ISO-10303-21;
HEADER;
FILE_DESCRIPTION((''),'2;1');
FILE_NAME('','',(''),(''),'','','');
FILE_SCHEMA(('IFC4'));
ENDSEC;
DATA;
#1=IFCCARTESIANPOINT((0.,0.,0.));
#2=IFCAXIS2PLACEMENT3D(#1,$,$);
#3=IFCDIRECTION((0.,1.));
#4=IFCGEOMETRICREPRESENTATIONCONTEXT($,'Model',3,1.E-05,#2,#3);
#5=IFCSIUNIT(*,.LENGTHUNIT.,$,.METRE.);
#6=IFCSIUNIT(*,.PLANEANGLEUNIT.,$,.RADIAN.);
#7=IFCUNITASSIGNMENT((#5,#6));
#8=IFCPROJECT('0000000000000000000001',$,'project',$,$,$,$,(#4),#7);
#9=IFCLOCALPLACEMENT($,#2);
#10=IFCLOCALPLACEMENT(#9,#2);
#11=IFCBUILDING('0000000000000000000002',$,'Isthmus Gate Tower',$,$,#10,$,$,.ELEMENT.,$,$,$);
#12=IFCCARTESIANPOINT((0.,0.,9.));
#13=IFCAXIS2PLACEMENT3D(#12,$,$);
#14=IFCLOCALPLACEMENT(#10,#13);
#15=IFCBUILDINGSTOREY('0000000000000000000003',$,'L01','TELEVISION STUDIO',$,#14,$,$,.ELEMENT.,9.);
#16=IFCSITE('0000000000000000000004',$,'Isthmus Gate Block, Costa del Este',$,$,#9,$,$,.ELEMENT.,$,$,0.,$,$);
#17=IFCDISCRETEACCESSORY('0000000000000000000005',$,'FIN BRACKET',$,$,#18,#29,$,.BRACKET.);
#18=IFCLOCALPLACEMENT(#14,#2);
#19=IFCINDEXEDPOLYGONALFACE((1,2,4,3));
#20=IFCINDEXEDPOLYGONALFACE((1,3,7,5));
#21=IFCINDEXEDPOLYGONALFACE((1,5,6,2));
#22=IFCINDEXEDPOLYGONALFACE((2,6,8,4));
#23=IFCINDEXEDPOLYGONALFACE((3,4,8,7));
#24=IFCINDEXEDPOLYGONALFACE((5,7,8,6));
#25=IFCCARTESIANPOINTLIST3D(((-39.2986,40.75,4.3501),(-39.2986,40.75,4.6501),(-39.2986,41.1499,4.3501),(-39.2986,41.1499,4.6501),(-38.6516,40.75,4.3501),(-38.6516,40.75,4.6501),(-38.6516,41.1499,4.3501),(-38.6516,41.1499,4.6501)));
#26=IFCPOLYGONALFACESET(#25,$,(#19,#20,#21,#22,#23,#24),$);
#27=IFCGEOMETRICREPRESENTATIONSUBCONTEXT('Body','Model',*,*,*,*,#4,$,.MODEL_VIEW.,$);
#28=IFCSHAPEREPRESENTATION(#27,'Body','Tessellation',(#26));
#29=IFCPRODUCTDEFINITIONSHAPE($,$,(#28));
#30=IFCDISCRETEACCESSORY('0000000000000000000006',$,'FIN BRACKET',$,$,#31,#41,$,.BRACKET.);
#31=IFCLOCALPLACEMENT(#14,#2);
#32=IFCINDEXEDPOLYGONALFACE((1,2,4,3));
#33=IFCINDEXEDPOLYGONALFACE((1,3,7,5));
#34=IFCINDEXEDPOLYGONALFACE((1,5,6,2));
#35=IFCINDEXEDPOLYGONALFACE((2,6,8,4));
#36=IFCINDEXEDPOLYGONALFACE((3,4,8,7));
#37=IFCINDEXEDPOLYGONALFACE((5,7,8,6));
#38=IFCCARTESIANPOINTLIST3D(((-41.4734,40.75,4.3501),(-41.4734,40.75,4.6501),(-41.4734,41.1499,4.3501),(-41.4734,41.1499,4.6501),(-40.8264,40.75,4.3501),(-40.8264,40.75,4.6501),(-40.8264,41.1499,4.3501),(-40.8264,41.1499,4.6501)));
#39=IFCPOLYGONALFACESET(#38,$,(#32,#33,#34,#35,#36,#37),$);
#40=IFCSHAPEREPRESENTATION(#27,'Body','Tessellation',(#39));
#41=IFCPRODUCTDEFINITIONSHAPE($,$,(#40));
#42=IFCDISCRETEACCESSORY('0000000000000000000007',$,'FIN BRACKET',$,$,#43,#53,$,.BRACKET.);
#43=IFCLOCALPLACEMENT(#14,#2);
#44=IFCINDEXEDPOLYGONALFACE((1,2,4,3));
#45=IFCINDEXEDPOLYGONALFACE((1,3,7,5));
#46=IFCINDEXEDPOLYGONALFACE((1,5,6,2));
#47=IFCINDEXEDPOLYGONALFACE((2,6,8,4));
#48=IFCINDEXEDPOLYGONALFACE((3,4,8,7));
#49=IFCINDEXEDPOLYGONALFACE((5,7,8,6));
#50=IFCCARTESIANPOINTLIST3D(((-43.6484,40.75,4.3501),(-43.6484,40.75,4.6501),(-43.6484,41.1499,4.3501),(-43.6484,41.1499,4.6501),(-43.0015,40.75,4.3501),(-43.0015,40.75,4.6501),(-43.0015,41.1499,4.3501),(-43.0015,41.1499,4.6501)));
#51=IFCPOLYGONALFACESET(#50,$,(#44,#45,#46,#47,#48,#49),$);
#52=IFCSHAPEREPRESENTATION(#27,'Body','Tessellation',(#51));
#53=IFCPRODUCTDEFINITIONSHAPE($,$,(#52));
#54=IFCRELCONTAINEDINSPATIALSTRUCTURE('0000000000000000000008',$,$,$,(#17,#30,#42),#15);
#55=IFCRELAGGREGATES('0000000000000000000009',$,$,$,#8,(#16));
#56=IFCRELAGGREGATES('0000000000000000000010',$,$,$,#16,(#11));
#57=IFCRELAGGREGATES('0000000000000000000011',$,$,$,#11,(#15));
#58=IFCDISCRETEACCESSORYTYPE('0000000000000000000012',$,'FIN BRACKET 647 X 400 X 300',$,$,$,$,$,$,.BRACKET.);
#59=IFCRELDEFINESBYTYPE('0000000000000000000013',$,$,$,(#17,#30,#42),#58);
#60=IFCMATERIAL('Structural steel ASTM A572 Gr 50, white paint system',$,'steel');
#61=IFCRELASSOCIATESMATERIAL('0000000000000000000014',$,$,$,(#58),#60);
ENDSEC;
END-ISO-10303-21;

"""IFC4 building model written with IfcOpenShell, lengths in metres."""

from ifc_helpers import new_model, si_unit, direction, frame, origin, origin_2d, place, context, subcontext, project, spatial, rectangle, extrude, material, type_object, element, save


model = new_model("IFC4")

# Units and contexts
model_context = context("Model", 3, precision=1e-05, world=origin(), true_north=direction((0.0, 1.0)))
body_context = subcontext(model_context, "Body", "Model", "MODEL_VIEW")
ifc_project = project(units=[si_unit("LENGTHUNIT", "METRE"), si_unit("PLANEANGLEUNIT", "RADIAN")], contexts=[model_context])

# Site, building, storey
site_placement = place(None, origin())
site = spatial("IfcSite", under=ifc_project, at=site_placement, Name="Isthmus Gate Block, Costa del Este", CompositionType="ELEMENT", RefElevation=0.0)
building_placement = place(site_placement, origin())
building = spatial("IfcBuilding", under=site, at=building_placement, Name="Isthmus Gate Tower", CompositionType="ELEMENT")
storey_placement = place(building_placement, frame((0.0, 0.0, 9.0)))
storey = spatial("IfcBuildingStorey", under=building, at=storey_placement, Name="L01", Description="TELEVISION STUDIO", CompositionType="ELEMENT", Elevation=9.0)

# Discrete accessories
ifc_material_1 = material(Name="Structural steel ASTM A572 Gr 50, white paint system", Category="steel")
discrete_accessory_type_1 = type_object("IfcDiscreteAccessoryType", Name="FIN BRACKET 647 X 400 X 300", PredefinedType="BRACKET", material=ifc_material_1)
for number, where, z_axis, x_axis, name in (
    (1, (-38.9751, 40.95, 4.3501), (0.0, 0.0, 1.0), (0.0, 1.0, 0.0), "FIN BRACKET"),
    (2, (-41.1499, 40.95, 4.3501), (0.0, 0.0, 1.0), (0.0, 1.0, 0.0), "FIN BRACKET"),
    (3, (-43.325, 40.95, 4.3501), (0.0, 0.0, 1.0), (0.0, 1.0, 0.0), "FIN BRACKET"),
):
    element("IfcDiscreteAccessory", number, at=place(storey_placement, frame(where, z_axis=z_axis, x_axis=x_axis)), inside=storey, type_object=discrete_accessory_type_1, Name=name, PredefinedType="BRACKET", context=body_context, shape_type="SweptSolid", body=[
        extrude(rectangle(XDim=0.3999, YDim=0.647, at=origin_2d()), origin(), (0.0, 0.0, 1.0), 0.3),
    ])

save(model, "model.ifc")
